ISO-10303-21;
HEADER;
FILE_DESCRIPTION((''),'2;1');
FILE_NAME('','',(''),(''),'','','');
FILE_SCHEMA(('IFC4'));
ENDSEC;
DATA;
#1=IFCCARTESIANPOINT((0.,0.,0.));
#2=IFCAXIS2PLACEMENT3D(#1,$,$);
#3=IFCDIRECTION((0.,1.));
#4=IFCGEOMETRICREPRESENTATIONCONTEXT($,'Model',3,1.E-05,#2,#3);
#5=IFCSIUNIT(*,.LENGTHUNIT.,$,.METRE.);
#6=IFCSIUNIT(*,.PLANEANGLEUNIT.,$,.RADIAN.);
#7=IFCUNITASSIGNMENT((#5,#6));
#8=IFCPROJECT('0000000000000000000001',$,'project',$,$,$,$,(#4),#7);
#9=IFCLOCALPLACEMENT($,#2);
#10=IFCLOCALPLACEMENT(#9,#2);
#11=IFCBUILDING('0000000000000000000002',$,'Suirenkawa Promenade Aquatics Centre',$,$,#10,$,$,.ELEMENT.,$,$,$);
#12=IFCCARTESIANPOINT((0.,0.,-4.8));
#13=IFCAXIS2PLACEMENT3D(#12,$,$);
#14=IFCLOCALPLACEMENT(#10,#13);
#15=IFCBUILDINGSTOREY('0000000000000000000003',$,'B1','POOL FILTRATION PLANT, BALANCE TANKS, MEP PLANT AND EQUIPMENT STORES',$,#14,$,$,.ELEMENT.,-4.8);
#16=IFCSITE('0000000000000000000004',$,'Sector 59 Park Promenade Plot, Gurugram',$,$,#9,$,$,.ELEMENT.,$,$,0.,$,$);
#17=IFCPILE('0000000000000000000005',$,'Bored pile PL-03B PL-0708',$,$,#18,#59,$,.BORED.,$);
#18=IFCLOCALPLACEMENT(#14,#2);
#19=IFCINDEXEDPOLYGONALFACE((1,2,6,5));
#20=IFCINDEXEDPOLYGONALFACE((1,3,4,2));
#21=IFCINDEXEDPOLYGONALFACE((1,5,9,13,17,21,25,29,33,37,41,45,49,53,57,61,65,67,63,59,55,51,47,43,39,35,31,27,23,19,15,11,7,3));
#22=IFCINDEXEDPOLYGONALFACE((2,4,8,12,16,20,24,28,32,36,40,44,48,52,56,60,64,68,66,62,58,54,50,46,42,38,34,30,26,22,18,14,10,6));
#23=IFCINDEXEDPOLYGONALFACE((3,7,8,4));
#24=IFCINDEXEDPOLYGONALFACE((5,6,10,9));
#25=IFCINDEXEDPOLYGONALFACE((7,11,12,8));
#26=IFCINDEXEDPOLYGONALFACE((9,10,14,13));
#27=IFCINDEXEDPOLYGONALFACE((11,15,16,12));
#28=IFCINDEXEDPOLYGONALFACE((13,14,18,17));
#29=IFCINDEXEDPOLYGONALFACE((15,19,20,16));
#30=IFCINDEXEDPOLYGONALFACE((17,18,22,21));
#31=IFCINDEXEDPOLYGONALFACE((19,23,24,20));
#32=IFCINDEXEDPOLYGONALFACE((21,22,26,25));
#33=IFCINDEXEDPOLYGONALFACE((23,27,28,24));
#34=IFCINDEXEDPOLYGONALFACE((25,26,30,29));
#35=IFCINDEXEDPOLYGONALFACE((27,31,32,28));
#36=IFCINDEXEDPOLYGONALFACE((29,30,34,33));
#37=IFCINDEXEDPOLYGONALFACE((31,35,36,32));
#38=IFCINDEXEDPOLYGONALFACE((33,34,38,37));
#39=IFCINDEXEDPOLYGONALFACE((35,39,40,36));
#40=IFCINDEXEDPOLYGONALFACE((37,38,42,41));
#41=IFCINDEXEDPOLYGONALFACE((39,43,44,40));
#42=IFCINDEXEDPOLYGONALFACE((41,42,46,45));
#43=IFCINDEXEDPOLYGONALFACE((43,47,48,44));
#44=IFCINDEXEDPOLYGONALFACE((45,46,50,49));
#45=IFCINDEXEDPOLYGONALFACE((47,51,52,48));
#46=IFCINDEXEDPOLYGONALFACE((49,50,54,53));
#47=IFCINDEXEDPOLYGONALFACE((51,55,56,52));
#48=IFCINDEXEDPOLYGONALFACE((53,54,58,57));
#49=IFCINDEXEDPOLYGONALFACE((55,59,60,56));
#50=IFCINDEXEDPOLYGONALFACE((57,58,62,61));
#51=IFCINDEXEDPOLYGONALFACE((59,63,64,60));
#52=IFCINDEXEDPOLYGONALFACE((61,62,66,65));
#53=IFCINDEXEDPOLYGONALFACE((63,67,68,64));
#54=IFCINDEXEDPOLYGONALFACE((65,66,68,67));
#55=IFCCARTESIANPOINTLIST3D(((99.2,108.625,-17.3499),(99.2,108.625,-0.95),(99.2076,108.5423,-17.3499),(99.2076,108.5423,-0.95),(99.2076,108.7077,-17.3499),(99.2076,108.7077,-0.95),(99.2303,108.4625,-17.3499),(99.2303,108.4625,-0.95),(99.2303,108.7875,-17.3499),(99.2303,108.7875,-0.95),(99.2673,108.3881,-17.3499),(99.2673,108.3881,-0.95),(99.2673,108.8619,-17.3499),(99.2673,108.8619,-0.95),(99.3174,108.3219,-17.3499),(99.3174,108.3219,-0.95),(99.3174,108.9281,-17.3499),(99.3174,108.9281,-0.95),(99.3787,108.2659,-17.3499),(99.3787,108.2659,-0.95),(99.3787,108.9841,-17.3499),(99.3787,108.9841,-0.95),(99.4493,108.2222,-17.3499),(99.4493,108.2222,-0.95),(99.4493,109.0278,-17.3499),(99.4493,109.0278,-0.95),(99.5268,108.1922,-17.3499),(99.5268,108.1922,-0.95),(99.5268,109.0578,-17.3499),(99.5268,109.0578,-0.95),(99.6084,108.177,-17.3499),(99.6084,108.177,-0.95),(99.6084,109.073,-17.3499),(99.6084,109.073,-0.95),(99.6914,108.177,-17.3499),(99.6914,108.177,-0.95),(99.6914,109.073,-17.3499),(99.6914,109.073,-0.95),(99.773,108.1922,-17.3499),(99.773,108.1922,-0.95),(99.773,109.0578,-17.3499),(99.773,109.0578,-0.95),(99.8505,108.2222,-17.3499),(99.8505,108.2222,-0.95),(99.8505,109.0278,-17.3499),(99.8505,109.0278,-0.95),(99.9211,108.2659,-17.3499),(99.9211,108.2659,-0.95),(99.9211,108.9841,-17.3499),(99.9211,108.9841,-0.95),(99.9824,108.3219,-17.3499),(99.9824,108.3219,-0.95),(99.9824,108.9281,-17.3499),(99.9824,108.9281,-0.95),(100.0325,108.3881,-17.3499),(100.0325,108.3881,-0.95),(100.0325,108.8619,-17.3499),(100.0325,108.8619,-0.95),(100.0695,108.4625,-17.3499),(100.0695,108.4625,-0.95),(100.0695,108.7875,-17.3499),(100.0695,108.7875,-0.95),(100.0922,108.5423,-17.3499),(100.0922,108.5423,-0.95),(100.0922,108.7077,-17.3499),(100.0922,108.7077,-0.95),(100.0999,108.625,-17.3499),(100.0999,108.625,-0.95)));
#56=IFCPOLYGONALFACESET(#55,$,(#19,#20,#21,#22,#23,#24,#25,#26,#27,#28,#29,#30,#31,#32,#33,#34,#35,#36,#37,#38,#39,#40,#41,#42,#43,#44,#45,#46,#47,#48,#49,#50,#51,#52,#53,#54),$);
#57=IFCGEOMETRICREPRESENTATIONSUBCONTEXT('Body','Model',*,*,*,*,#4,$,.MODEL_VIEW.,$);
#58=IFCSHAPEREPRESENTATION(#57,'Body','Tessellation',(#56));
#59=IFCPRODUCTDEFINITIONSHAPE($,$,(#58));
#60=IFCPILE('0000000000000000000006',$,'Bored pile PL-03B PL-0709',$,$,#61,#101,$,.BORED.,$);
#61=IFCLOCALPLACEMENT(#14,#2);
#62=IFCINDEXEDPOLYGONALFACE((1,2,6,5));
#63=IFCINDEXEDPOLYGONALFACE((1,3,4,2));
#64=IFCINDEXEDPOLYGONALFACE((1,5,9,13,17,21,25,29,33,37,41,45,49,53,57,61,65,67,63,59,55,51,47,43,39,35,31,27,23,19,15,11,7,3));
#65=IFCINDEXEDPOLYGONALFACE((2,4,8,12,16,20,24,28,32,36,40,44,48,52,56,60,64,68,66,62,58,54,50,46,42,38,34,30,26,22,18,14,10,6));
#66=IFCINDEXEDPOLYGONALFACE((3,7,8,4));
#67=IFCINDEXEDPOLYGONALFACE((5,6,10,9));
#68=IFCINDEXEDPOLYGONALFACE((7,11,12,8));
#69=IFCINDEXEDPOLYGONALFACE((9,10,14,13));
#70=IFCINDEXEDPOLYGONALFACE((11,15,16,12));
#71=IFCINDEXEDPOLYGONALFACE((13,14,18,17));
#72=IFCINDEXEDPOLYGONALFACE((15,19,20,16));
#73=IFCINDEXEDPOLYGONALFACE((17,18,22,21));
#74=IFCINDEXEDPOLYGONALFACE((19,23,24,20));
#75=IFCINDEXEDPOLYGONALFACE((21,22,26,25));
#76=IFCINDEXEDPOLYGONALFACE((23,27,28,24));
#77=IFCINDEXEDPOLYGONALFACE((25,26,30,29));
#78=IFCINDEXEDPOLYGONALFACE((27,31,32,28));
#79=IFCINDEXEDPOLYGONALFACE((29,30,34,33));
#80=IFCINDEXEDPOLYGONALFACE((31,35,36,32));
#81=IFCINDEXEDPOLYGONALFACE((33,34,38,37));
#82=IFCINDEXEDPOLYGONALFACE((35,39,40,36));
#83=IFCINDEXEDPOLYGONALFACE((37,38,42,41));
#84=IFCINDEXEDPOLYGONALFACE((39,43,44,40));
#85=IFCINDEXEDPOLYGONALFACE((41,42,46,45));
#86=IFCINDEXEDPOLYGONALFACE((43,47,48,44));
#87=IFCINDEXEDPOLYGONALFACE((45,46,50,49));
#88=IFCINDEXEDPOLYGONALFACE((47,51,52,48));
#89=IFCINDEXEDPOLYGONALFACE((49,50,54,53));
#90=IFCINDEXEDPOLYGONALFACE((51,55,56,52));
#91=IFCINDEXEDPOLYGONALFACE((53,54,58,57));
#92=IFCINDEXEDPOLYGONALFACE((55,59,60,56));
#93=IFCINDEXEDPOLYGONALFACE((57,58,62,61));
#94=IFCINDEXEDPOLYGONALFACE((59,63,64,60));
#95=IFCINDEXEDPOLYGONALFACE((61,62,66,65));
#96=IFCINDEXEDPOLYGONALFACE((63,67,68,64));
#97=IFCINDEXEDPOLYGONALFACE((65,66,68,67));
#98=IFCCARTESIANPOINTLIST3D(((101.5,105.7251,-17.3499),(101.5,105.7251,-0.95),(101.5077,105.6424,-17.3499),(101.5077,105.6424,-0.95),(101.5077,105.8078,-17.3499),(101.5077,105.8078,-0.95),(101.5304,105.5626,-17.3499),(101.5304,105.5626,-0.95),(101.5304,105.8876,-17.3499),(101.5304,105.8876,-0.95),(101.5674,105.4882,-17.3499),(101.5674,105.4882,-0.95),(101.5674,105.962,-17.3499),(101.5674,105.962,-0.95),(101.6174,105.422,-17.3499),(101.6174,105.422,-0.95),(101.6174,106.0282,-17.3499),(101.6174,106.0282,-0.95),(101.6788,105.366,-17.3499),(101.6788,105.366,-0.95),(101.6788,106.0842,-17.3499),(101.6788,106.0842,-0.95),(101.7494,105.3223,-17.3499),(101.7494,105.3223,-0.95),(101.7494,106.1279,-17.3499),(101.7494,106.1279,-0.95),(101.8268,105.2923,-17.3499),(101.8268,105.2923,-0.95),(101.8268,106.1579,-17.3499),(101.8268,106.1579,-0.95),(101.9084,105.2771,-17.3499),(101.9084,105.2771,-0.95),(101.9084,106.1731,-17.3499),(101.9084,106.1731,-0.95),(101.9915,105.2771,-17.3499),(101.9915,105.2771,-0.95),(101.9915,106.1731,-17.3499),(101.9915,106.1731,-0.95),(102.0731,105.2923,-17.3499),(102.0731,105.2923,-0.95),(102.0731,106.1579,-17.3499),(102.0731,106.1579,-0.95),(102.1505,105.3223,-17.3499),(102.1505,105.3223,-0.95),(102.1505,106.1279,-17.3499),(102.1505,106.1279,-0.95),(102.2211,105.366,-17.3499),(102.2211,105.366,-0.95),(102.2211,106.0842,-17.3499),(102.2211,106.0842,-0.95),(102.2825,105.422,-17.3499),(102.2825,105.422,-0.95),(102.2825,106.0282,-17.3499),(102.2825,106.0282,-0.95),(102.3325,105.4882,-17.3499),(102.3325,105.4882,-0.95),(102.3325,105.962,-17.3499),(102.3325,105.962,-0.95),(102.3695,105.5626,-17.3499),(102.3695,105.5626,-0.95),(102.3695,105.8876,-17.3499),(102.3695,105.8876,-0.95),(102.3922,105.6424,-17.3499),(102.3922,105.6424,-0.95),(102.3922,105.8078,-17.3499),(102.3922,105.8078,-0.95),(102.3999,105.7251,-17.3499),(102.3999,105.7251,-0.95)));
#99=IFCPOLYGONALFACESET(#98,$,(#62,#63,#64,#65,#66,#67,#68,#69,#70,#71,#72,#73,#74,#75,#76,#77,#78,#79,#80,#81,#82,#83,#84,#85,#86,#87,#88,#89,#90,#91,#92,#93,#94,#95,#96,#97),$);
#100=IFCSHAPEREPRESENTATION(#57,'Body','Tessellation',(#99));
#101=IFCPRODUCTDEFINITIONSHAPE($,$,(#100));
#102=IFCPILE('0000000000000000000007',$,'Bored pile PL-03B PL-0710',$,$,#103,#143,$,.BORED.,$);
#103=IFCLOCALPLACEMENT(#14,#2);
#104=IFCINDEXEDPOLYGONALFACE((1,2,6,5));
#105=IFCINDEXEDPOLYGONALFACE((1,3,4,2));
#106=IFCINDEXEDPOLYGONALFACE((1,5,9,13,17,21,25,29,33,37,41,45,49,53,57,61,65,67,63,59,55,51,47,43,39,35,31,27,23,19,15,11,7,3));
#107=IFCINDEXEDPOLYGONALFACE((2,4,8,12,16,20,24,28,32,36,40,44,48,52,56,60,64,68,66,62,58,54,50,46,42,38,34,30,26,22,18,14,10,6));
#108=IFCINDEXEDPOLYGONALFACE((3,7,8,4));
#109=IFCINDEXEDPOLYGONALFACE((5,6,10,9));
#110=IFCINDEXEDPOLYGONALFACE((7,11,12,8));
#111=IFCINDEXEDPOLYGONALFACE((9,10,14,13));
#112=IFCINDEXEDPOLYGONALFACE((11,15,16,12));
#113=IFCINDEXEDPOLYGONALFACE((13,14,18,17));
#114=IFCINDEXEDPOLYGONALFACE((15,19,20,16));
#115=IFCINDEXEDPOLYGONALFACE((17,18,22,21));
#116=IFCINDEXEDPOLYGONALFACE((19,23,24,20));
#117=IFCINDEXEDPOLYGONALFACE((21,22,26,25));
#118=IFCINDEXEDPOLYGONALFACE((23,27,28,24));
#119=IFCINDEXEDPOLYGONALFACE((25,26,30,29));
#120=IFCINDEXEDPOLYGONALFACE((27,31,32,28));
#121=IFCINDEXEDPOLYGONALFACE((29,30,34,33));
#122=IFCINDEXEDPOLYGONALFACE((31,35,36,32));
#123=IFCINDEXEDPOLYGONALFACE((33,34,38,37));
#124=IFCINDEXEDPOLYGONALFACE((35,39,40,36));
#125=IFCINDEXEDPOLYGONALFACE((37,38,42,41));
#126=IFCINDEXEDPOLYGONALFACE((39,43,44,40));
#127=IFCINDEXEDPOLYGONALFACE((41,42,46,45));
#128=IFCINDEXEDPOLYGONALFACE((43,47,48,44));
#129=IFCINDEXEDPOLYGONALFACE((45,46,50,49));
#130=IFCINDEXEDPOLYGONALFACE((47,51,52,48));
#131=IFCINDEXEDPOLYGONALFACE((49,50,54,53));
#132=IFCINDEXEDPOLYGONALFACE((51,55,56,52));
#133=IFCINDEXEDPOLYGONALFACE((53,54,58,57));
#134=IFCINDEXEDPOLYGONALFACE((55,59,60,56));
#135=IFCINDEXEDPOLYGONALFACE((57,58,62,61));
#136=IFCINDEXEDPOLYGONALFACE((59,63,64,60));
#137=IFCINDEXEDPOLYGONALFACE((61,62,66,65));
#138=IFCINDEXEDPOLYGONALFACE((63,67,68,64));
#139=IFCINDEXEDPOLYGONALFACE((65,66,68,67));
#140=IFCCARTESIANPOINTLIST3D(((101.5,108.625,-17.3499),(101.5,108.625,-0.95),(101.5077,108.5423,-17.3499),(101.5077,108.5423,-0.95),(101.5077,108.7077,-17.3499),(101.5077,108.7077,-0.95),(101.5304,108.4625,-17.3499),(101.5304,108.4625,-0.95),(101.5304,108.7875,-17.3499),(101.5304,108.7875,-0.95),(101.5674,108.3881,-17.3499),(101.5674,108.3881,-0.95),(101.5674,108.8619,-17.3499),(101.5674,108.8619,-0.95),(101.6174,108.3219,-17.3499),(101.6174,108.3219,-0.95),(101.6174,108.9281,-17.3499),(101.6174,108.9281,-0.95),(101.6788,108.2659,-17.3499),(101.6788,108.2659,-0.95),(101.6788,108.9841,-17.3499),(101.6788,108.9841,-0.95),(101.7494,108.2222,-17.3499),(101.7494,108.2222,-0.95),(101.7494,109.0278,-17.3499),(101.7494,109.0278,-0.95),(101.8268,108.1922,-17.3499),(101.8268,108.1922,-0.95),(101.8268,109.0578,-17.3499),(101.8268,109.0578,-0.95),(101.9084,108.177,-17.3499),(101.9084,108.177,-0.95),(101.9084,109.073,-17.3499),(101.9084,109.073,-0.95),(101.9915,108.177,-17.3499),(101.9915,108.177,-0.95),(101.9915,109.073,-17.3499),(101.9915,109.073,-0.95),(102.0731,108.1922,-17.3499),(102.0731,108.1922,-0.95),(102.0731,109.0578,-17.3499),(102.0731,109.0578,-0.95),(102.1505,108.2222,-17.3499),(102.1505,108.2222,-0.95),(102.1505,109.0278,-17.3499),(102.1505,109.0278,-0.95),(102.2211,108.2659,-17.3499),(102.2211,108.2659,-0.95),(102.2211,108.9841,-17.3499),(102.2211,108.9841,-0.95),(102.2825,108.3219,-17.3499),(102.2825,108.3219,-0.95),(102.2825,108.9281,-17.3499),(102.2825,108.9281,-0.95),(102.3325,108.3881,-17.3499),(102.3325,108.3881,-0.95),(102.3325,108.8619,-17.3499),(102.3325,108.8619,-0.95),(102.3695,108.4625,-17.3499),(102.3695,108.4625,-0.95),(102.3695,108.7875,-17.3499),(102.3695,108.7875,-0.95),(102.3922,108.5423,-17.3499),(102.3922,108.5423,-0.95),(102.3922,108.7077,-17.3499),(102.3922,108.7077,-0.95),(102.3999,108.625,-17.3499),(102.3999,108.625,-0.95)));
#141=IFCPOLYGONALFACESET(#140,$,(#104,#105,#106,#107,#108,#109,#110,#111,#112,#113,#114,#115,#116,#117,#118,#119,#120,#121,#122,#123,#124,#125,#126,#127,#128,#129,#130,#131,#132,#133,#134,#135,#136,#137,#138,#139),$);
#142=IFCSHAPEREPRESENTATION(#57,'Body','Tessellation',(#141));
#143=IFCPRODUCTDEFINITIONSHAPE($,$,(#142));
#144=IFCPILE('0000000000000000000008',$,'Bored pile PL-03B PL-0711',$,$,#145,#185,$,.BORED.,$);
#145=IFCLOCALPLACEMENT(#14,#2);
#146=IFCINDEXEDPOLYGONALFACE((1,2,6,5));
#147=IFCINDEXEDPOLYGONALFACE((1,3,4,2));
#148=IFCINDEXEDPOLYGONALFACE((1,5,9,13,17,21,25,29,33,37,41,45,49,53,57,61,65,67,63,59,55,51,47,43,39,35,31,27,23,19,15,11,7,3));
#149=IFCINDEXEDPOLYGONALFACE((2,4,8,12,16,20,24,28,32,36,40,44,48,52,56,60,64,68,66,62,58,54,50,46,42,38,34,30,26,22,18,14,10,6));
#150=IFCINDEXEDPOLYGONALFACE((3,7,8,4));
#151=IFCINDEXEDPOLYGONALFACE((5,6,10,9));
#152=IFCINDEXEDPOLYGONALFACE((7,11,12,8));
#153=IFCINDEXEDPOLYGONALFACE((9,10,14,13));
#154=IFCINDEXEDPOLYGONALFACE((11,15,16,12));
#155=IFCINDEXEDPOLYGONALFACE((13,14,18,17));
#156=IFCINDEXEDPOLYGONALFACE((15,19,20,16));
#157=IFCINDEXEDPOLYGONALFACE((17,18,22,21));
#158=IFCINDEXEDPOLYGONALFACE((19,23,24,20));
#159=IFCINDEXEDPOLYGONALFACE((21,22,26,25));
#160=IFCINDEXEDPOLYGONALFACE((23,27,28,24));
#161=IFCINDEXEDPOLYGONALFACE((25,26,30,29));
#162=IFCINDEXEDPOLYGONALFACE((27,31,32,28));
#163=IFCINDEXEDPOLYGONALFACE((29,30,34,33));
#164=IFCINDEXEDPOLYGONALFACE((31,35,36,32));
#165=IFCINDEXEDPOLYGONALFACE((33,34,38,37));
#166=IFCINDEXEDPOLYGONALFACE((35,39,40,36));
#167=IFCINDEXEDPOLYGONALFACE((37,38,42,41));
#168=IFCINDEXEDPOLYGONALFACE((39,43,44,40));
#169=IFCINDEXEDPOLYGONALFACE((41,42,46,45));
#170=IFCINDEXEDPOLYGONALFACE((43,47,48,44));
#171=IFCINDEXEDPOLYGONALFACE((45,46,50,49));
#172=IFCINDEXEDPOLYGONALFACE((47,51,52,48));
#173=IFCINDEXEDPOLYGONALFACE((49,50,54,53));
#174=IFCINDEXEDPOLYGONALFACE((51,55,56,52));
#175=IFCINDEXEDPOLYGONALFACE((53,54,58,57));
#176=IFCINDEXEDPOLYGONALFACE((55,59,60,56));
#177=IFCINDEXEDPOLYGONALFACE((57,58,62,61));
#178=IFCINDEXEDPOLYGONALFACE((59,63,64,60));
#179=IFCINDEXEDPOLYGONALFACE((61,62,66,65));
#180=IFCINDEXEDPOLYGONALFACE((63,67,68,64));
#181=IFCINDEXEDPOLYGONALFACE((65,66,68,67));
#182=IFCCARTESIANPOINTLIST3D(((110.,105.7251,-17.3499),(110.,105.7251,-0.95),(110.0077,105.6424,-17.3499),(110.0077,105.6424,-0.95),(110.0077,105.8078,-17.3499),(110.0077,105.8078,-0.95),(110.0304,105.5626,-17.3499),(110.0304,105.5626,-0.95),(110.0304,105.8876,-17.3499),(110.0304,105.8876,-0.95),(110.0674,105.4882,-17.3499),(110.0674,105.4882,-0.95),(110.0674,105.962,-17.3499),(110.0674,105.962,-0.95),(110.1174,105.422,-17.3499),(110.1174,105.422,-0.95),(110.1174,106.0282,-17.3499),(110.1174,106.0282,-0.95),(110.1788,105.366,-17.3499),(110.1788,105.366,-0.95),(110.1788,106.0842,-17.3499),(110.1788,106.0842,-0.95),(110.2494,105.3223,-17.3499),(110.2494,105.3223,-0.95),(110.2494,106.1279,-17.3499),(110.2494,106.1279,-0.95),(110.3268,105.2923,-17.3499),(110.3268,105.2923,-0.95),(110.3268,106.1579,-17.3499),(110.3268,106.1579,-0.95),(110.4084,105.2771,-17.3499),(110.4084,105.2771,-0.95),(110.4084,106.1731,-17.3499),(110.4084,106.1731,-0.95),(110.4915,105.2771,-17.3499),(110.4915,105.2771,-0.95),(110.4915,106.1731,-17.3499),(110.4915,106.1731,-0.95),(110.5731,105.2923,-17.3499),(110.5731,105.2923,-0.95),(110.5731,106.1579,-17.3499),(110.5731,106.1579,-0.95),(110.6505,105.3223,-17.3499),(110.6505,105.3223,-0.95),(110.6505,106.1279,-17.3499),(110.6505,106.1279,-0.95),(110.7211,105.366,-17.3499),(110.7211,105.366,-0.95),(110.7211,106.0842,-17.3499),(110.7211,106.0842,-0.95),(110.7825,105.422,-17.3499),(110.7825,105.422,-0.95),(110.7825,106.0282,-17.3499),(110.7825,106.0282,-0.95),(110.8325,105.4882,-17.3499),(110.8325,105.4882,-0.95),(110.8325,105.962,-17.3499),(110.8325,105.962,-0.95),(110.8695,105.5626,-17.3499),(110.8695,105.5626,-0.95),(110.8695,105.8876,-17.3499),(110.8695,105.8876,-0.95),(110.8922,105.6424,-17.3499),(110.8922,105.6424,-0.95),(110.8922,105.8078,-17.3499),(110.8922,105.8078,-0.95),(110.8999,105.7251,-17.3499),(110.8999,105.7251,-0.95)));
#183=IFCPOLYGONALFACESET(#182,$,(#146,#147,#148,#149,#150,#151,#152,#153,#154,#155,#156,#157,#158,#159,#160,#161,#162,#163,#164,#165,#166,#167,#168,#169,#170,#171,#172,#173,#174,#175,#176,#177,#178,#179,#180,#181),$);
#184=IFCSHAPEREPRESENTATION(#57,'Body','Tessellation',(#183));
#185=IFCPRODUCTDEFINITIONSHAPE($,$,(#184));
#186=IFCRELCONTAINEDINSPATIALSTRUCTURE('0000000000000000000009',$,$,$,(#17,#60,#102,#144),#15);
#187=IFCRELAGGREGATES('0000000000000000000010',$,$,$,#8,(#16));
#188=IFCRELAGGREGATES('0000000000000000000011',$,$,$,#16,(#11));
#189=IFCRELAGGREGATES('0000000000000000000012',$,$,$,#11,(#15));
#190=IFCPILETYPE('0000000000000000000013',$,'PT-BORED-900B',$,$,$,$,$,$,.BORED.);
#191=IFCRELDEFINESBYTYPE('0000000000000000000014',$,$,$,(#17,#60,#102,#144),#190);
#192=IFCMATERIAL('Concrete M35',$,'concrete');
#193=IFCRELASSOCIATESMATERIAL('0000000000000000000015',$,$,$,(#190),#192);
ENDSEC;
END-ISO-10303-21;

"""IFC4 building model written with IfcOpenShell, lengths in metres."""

from ifc_helpers import new_model, si_unit, direction, frame, origin, origin_2d, place, context, subcontext, project, spatial, circle, extrude, material, material_profile, profile_set, type_object, element, save


model = new_model("IFC4")

# Units and contexts
model_context = context("Model", 3, precision=1e-05, world=origin(), true_north=direction((0.0, 1.0)))
body_context = subcontext(model_context, "Body", "Model", "MODEL_VIEW")
ifc_project = project(units=[si_unit("LENGTHUNIT", "METRE"), si_unit("PLANEANGLEUNIT", "RADIAN")], contexts=[model_context])

# Site, building, storey
site_placement = place(None, origin())
site = spatial("IfcSite", under=ifc_project, at=site_placement, Name="Sector 59 Park Promenade Plot, Gurugram", CompositionType="ELEMENT", RefElevation=0.0)
building_placement = place(site_placement, origin())
building = spatial("IfcBuilding", under=site, at=building_placement, Name="Suirenkawa Promenade Aquatics Centre", CompositionType="ELEMENT")
storey_placement = place(building_placement, frame((0.0, 0.0, -4.8)))
storey = spatial("IfcBuildingStorey", under=building, at=storey_placement, Name="B1", Description="POOL FILTRATION PLANT, BALANCE TANKS, MEP PLANT AND EQUIPMENT STORES", CompositionType="ELEMENT", Elevation=-4.8)

# Shared definitions
ifc_material_1 = material(Name="Concrete M35", Category="concrete")

# Piles
ifc_material_profile_1 = material_profile(ifc_material_1, circle(Radius=0.45, at=origin_2d()), Name="PILE D900", Category="concrete")
ifc_profile_set_1 = profile_set([ifc_material_profile_1], Name="Concrete M35")
pile_type_1 = type_object("IfcPileType", Name="PT-BORED-900B", PredefinedType="BORED", material=ifc_profile_set_1)
for number, where, z_axis, x_axis, name in (
    (1, (99.6499, 108.625, -0.95), (0.0, 0.0, -1.0), (1.0, 0.0, 0.0), "Bored pile PL-03B PL-0708"),
    (2, (101.95, 105.7251, -0.95), (0.0, 0.0, -1.0), (1.0, 0.0, 0.0), "Bored pile PL-03B PL-0709"),
    (3, (101.95, 108.625, -0.95), (0.0, 0.0, -1.0), (1.0, 0.0, 0.0), "Bored pile PL-03B PL-0710"),
    (4, (110.45, 105.7251, -0.95), (0.0, 0.0, -1.0), (1.0, 0.0, 0.0), "Bored pile PL-03B PL-0711"),
):
    element("IfcPile", number, at=place(storey_placement, frame(where, z_axis=z_axis, x_axis=x_axis)), inside=storey, type_object=pile_type_1, Name=name, PredefinedType="BORED", context=body_context, shape_type="SweptSolid", body=[
        extrude(circle(Radius=0.45, at=origin_2d()), origin(), (0.0, 0.0, 1.0), 16.3999),
    ])

save(model, "model.ifc")
